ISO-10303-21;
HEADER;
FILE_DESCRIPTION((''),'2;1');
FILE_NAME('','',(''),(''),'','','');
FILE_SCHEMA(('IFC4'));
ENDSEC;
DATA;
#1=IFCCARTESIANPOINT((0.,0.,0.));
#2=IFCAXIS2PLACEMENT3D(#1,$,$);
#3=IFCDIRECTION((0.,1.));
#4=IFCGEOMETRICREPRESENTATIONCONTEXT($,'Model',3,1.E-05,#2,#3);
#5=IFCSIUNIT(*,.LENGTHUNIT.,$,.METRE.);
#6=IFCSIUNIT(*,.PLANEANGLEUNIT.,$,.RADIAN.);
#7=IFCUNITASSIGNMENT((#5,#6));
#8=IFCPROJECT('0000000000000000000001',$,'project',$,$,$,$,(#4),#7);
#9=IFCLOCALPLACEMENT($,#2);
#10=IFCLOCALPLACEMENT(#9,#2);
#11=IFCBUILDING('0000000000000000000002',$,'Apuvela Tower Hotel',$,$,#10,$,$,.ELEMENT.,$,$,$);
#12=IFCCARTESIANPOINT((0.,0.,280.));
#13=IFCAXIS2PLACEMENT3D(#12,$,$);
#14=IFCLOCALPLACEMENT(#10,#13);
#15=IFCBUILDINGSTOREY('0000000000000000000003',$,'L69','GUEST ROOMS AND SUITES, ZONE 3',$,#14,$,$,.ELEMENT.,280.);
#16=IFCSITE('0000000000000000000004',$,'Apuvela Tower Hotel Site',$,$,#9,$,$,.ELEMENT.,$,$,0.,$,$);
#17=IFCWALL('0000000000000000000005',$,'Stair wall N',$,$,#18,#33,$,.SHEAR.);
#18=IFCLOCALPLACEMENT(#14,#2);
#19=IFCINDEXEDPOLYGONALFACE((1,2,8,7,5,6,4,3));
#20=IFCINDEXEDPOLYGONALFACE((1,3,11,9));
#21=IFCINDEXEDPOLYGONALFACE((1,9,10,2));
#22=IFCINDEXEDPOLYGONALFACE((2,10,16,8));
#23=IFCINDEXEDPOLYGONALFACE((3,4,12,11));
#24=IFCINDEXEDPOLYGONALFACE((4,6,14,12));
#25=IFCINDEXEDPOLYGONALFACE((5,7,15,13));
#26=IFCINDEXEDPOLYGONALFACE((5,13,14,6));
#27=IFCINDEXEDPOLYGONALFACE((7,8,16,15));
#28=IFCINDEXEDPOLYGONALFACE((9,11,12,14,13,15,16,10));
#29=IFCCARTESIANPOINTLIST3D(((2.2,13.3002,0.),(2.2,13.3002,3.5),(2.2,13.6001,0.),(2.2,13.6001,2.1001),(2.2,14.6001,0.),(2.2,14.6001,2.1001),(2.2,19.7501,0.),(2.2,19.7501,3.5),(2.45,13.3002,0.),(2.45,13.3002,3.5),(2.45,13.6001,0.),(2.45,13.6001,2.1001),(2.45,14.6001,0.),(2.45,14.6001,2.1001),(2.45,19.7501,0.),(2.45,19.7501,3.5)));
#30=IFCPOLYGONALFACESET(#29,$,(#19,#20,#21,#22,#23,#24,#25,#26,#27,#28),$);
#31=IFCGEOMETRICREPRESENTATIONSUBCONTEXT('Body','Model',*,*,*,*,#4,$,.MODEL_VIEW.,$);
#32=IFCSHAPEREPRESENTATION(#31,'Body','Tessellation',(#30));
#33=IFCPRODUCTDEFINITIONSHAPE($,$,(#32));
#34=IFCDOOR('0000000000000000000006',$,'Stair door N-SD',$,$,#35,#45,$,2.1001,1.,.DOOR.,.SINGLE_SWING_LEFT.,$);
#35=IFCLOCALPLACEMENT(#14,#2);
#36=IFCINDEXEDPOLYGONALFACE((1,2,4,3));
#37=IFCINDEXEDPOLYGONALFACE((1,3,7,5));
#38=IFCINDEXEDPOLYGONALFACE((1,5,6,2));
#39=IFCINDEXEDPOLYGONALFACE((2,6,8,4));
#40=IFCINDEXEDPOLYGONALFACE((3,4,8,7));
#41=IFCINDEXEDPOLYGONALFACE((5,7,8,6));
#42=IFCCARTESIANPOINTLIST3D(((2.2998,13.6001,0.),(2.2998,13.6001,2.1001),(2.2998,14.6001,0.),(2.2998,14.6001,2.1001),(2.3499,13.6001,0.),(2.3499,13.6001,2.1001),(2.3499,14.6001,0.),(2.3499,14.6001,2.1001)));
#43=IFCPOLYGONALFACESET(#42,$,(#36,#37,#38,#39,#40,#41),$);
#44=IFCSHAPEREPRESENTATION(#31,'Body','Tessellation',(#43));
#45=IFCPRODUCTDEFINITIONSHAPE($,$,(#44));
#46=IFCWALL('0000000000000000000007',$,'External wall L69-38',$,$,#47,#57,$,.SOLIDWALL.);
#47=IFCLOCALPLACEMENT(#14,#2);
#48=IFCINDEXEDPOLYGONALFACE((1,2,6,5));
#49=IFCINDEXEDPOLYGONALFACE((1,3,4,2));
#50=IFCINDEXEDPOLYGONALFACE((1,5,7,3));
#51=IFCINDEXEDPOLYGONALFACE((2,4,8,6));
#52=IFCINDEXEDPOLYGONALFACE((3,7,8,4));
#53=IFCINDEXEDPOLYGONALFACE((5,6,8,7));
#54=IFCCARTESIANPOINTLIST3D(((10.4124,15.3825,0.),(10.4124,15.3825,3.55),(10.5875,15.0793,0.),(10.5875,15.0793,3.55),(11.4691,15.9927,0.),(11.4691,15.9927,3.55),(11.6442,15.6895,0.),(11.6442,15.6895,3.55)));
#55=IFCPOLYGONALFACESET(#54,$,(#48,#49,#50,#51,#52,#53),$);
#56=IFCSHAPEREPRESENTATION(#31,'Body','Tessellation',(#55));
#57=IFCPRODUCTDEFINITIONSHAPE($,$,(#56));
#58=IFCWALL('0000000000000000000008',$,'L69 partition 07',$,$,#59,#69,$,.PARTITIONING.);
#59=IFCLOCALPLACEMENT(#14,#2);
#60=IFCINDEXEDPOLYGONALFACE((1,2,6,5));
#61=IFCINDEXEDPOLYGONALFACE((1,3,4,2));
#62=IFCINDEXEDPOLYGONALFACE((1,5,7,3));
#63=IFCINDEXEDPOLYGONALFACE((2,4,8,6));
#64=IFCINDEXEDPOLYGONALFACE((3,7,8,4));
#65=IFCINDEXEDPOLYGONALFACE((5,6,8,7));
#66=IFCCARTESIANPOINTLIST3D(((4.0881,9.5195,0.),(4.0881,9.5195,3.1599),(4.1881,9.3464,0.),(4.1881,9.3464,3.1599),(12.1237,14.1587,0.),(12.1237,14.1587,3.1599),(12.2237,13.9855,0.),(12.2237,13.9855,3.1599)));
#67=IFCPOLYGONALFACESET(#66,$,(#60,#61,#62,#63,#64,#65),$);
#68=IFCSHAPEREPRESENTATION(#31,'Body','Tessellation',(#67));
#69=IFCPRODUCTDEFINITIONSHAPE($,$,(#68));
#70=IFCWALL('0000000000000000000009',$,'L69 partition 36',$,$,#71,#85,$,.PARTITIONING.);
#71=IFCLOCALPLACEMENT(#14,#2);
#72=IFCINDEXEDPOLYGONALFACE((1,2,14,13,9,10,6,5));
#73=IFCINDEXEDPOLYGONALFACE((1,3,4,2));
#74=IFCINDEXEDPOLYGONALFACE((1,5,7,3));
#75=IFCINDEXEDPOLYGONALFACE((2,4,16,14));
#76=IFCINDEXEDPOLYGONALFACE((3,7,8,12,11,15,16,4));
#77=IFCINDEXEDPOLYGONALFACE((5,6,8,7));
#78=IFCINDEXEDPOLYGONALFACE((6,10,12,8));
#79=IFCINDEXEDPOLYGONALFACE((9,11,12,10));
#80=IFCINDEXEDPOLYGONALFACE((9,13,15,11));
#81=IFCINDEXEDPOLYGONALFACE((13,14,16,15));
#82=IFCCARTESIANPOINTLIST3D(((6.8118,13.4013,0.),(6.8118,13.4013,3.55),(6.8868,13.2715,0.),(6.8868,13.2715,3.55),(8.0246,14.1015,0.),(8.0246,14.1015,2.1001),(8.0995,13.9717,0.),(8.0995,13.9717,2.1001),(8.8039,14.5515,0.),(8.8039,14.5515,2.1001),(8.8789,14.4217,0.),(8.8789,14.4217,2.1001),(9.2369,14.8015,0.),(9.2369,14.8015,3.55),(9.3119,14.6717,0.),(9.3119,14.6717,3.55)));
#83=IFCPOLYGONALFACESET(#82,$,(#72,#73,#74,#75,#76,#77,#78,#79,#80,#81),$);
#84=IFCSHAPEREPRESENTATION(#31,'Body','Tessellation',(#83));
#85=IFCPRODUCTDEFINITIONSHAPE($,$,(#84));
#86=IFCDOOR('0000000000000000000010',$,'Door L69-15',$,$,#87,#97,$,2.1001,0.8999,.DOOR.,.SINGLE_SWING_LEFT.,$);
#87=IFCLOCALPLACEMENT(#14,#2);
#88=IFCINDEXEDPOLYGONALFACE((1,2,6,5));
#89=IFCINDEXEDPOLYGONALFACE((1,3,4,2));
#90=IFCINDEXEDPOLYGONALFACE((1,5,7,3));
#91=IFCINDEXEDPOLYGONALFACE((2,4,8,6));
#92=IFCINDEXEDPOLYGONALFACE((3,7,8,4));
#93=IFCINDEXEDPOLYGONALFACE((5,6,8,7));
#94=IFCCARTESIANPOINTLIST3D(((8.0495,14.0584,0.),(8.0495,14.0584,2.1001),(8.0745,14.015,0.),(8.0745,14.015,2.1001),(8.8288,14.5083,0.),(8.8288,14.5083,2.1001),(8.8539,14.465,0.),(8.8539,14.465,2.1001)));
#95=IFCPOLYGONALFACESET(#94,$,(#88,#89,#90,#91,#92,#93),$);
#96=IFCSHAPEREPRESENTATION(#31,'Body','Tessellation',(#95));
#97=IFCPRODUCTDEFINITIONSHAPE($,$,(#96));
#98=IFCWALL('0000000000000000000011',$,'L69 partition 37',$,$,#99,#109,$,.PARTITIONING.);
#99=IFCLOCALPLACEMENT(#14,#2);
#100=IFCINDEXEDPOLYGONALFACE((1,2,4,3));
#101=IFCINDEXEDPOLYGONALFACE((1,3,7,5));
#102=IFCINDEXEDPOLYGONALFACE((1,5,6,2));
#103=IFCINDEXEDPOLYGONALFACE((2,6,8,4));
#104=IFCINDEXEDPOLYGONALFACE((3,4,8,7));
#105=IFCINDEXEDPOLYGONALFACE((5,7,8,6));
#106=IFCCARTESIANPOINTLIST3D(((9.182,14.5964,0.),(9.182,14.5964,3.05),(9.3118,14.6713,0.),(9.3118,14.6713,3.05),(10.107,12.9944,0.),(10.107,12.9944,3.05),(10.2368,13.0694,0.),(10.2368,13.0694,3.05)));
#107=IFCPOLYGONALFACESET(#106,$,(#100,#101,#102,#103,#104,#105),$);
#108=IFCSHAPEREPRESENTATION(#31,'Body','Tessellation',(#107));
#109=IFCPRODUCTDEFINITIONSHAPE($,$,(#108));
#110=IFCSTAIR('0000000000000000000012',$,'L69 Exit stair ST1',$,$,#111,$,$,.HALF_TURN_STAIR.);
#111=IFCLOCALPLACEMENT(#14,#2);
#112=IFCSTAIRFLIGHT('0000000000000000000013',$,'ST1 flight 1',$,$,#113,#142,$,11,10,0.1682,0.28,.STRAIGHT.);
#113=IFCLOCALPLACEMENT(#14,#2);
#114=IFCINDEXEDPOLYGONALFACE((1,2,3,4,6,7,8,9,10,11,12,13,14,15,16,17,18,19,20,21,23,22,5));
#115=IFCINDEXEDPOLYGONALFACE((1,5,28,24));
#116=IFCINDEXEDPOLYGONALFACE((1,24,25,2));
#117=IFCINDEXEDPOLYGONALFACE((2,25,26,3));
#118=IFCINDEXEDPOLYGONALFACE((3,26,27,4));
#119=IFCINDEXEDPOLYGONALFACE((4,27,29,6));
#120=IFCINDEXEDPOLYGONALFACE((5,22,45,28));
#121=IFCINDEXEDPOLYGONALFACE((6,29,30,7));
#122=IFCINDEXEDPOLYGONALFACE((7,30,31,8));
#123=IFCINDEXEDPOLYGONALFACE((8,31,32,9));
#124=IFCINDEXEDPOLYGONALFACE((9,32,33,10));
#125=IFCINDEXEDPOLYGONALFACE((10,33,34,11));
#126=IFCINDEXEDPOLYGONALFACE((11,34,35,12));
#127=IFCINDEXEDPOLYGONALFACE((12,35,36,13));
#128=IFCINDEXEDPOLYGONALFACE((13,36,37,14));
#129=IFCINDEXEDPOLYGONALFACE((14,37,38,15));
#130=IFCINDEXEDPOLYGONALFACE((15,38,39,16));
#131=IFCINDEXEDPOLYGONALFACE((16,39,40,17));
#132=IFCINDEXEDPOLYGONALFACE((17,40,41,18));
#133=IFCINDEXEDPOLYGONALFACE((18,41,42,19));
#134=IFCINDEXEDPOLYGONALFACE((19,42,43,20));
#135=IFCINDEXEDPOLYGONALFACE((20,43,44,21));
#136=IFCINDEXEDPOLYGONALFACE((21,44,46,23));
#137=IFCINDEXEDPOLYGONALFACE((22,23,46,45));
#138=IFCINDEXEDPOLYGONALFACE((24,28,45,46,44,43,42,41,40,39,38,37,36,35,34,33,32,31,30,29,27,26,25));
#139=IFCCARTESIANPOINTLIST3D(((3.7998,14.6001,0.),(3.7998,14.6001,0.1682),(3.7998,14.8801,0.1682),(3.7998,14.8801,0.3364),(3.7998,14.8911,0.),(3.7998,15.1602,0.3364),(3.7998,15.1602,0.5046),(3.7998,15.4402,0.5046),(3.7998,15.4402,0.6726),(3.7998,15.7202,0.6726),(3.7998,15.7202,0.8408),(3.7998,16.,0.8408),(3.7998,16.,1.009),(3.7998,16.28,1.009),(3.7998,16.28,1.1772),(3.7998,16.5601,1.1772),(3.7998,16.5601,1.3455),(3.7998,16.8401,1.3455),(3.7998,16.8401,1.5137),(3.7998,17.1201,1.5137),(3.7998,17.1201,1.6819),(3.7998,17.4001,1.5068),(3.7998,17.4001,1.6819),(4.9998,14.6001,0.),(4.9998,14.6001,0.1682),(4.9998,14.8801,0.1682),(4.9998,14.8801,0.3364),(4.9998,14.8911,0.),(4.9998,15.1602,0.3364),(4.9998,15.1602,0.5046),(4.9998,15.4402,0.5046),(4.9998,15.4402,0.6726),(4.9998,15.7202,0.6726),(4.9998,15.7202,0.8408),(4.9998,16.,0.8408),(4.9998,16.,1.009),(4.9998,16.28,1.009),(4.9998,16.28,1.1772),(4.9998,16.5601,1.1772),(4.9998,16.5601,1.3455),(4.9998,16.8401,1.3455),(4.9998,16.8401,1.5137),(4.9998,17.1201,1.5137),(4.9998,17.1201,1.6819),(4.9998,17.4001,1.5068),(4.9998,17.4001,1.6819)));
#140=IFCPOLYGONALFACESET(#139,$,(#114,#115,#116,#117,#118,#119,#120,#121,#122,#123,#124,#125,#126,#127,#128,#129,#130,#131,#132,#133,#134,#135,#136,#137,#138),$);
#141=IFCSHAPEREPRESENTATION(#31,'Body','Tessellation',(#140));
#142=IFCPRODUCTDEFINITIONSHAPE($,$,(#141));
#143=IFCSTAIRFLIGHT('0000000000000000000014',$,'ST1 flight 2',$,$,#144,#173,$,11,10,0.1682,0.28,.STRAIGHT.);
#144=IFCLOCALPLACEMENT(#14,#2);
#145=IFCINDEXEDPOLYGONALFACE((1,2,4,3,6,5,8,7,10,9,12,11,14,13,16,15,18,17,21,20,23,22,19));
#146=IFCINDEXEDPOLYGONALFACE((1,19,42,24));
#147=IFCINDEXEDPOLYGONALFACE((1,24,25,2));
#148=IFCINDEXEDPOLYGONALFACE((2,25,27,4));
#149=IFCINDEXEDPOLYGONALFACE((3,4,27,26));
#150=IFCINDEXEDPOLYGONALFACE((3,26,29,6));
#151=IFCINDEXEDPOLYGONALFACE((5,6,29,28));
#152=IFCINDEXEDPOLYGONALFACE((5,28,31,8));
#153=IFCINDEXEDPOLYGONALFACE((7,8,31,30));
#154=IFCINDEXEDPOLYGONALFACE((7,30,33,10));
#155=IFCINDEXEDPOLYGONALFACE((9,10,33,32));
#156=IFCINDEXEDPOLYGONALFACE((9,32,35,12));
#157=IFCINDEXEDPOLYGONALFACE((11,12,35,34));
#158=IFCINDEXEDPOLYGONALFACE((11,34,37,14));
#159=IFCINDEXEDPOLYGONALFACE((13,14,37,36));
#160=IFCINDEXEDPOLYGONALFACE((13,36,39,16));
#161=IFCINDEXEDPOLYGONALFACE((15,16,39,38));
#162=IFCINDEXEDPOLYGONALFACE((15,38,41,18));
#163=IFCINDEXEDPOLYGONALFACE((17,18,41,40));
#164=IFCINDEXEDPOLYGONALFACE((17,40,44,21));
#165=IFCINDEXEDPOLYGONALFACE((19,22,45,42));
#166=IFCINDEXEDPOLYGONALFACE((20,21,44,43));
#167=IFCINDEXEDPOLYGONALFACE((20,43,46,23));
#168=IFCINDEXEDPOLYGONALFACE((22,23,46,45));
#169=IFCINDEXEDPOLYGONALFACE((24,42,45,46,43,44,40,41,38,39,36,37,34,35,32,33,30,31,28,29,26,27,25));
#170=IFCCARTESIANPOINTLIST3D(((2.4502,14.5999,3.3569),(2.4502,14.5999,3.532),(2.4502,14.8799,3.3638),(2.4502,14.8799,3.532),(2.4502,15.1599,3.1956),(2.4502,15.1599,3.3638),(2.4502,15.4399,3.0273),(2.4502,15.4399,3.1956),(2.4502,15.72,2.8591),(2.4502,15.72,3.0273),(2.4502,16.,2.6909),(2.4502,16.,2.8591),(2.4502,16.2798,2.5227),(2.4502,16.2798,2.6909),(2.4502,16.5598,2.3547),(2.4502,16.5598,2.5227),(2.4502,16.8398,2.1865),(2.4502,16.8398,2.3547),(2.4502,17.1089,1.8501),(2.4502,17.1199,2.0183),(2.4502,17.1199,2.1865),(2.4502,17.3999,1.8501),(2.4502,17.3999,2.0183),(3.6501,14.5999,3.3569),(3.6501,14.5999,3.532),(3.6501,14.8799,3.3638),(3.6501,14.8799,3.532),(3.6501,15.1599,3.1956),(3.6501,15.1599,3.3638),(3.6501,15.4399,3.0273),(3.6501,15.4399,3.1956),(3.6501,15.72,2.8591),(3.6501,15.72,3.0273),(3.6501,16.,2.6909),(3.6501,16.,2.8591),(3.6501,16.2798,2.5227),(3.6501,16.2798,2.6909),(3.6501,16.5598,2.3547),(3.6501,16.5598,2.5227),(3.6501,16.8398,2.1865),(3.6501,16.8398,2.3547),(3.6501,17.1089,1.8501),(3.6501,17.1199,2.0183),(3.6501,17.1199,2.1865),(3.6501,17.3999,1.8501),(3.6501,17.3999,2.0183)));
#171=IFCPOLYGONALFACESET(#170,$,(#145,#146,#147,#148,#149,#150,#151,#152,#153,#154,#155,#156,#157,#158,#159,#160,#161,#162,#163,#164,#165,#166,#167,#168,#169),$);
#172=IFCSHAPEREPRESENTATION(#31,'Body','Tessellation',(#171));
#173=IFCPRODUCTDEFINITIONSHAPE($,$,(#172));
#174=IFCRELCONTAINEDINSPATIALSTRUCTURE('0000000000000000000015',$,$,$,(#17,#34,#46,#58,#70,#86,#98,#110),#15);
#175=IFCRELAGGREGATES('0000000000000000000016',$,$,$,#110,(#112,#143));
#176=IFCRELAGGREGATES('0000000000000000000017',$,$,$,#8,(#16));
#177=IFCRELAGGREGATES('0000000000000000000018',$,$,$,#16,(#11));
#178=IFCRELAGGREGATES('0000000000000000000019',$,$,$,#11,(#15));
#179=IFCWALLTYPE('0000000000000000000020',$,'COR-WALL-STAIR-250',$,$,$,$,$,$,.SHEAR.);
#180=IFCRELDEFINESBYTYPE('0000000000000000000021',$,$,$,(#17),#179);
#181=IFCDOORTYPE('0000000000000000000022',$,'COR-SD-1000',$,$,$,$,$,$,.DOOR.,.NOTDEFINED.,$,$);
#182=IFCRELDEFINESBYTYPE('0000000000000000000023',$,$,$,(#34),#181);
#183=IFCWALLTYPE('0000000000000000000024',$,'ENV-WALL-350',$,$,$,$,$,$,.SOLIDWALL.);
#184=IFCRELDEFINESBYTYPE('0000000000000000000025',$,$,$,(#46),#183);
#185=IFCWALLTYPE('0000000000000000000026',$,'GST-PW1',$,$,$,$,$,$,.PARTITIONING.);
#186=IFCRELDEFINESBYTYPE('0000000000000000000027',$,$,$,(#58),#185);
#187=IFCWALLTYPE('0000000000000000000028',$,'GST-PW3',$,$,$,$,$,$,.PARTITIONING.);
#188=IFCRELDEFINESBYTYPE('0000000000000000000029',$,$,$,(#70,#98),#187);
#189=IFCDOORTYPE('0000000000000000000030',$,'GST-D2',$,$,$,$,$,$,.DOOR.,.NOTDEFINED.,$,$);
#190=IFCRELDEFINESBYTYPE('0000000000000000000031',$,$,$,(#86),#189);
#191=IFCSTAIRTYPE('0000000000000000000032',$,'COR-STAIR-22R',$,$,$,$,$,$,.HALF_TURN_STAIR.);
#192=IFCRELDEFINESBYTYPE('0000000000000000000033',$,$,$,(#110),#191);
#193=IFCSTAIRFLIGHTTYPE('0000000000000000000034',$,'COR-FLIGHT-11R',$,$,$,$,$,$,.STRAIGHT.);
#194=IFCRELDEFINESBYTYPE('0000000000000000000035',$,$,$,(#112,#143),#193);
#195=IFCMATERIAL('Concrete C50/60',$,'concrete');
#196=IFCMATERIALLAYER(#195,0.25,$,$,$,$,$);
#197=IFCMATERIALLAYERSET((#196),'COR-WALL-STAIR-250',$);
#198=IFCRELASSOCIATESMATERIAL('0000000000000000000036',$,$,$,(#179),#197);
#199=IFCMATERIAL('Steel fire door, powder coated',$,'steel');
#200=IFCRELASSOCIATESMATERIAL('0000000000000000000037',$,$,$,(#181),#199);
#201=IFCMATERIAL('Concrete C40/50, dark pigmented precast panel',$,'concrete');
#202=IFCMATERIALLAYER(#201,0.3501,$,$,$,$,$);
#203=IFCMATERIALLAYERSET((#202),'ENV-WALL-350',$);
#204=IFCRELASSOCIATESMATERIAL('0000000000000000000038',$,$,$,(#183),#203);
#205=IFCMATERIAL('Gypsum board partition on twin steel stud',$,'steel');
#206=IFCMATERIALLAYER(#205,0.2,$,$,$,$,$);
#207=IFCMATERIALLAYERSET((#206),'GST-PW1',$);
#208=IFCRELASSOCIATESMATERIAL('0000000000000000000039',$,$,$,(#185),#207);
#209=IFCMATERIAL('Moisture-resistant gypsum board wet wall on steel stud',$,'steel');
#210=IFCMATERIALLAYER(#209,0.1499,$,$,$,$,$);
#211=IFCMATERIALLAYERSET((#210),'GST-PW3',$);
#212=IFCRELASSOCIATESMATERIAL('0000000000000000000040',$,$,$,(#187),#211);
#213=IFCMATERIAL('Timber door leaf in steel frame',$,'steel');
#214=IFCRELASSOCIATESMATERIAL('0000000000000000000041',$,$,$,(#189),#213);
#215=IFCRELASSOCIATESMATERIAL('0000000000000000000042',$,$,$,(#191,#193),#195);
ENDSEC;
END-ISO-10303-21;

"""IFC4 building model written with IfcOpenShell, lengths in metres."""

from ifc_helpers import new_model, si_unit, direction, frame, frame_2d, origin, place, context, subcontext, project, spatial, polyline, rectangle, outline, extrude, material, layer, layer_set, type_object, element, fill, aggregate, save


model = new_model("IFC4")

# Units and contexts
model_context = context("Model", 3, precision=1e-05, world=origin(), true_north=direction((0.0, 1.0)))
body_context = subcontext(model_context, "Body", "Model", "MODEL_VIEW")
ifc_project = project(units=[si_unit("LENGTHUNIT", "METRE"), si_unit("PLANEANGLEUNIT", "RADIAN")], contexts=[model_context])

# Site, building, storey
site_placement = place(None, origin())
site = spatial("IfcSite", under=ifc_project, at=site_placement, Name="Apuvela Tower Hotel Site", CompositionType="ELEMENT", RefElevation=0.0)
building_placement = place(site_placement, origin())
building = spatial("IfcBuilding", under=site, at=building_placement, Name="Apuvela Tower Hotel", CompositionType="ELEMENT")
storey_placement = place(building_placement, frame((0.0, 0.0, 280.0)))
storey = spatial("IfcBuildingStorey", under=building, at=storey_placement, Name="L69", Description="GUEST ROOMS AND SUITES, ZONE 3", CompositionType="ELEMENT", Elevation=280.0)

# Shared definitions
ifc_material_1 = material(Name="Concrete C50/60", Category="concrete")
ifc_material_2 = material(Name="Steel fire door, powder coated", Category="steel")

# Wall, opening, door
ifc_layer_1 = layer(ifc_material_1, 0.25)
ifc_layer_set_1 = layer_set([ifc_layer_1], Name="COR-WALL-STAIR-250")
wall_type_1 = type_object("IfcWallType", Name="COR-WALL-STAIR-250", PredefinedType="SHEAR", material=ifc_layer_set_1)
wall_1_placement = place(storey_placement, frame((2.325, 13.3, 0.0), z_axis=(0.0, 0.0, 1.0), x_axis=(0.0, 1.0, 0.0)))
wall_1 = element("IfcWall", 1, at=wall_1_placement, inside=storey, type_object=wall_type_1, Name="Stair wall N", PredefinedType="SHEAR", context=body_context, shape_type="SweptSolid", body=[
    extrude(rectangle(XDim=6.45, YDim=0.25, at=frame_2d((3.2251, 0.0))), origin(), (0.0, 0.0, 1.0), 3.5),
])
opening_1_placement = place(wall_1_placement, frame((0.3, 0.0, 0.0)))
opening_1 = element("IfcOpeningElement", 2, at=opening_1_placement, cuts=wall_1, PredefinedType="OPENING", context=body_context, shape_type="SweptSolid", body=[
    extrude(rectangle(XDim=1.0, YDim=2.1001, at=frame_2d((0.5, 1.05))), frame((0.0, 0.135, 0.0), z_axis=(0.0, -1.0, 0.0), x_axis=(1.0, 0.0, 0.0)), (0.0, 0.0, 1.0), 0.27),
])
door_type_1 = type_object("IfcDoorType", Name="COR-SD-1000", OperationType="NOTDEFINED", PredefinedType="DOOR", material=ifc_material_2)
door_1_placement = place(opening_1_placement, frame((1.0, 0.0, 0.0), z_axis=(0.0, 0.0, 1.0), x_axis=(-1.0, 0.0, 0.0)))
door_1 = element("IfcDoor", 3, at=door_1_placement, inside=storey, type_object=door_type_1, Name="Stair door N-SD", OperationType="SINGLE_SWING_LEFT", OverallHeight=2.1001, OverallWidth=1.0, PredefinedType="DOOR", context=body_context, shape_type="SweptSolid", body=[
    extrude(rectangle(XDim=1.0, YDim=2.1001, at=frame_2d((0.5, 1.05))), frame((0.0, 0.0249, 0.0), z_axis=(0.0, -1.0, 0.0), x_axis=(1.0, 0.0, 0.0)), (0.0, 0.0, 1.0), 0.05),
])
fill(opening_1, door_1)

# Wall
ifc_material_3 = material(Name="Concrete C40/50, dark pigmented precast panel", Category="concrete")
ifc_layer_2 = layer(ifc_material_3, 0.3501)
ifc_layer_set_2 = layer_set([ifc_layer_2], Name="ENV-WALL-350")
wall_type_2 = type_object("IfcWallType", Name="ENV-WALL-350", PredefinedType="SOLIDWALL", material=ifc_layer_set_2)
wall_2_placement = place(storey_placement, frame((11.5566, 15.8411, 0.0), z_axis=(0.0, 0.0, 1.0), x_axis=(-0.866006, -0.500034, 0.0)))
element("IfcWall", 4, at=wall_2_placement, inside=storey, type_object=wall_type_2, Name="External wall L69-38", PredefinedType="SOLIDWALL", context=body_context, shape_type="SweptSolid", body=[
    extrude(rectangle(XDim=1.2202, YDim=0.3501, at=frame_2d((0.6101, 0.0))), origin(), (0.0, 0.0, 1.0), 3.55),
])

# Wall
ifc_material_4 = material(Name="Gypsum board partition on twin steel stud", Category="steel")
ifc_layer_3 = layer(ifc_material_4, 0.2)
ifc_layer_set_3 = layer_set([ifc_layer_3], Name="GST-PW1")
wall_type_3 = type_object("IfcWallType", Name="GST-PW1", PredefinedType="PARTITIONING", material=ifc_layer_set_3)
wall_3_placement = place(storey_placement, frame((12.1736, 14.072, 0.0), z_axis=(0.0, 0.0, 1.0), x_axis=(-0.866036, -0.499982, 0.0)))
element("IfcWall", 5, at=wall_3_placement, inside=storey, type_object=wall_type_3, Name="L69 partition 07", PredefinedType="PARTITIONING", context=body_context, shape_type="SweptSolid", body=[
    extrude(rectangle(XDim=9.2786, YDim=0.2, at=frame_2d((4.6392, 0.0))), origin(), (0.0, 0.0, 1.0), 3.1599),
])

# Wall, opening, door
ifc_material_5 = material(Name="Moisture-resistant gypsum board wet wall on steel stud", Category="steel")
ifc_layer_4 = layer(ifc_material_5, 0.1499)
ifc_layer_set_4 = layer_set([ifc_layer_4], Name="GST-PW3")
wall_type_4 = type_object("IfcWallType", Name="GST-PW3", PredefinedType="PARTITIONING", material=ifc_layer_set_4)
wall_4_placement = place(storey_placement, frame((9.2744, 14.7366, 0.0), z_axis=(0.0, 0.0, 1.0), x_axis=(-0.866019, -0.500012, 0.0)))
wall_4 = element("IfcWall", 6, at=wall_4_placement, inside=storey, type_object=wall_type_4, Name="L69 partition 36", PredefinedType="PARTITIONING", context=body_context, shape_type="SweptSolid", body=[
    extrude(rectangle(XDim=2.8003, YDim=0.1499, at=frame_2d((1.4001, 0.0))), origin(), (0.0, 0.0, 1.0), 3.55),
])
opening_2_placement = place(wall_4_placement, frame((0.5, 0.0, 0.0)))
opening_2 = element("IfcOpeningElement", 7, at=opening_2_placement, cuts=wall_4, PredefinedType="OPENING", context=body_context, shape_type="SweptSolid", body=[
    extrude(rectangle(XDim=0.8999, YDim=2.1001, at=frame_2d((0.45, 1.05))), frame((0.0, 0.085, 0.0), z_axis=(0.0, -1.0, 0.0), x_axis=(1.0, 0.0, 0.0)), (0.0, 0.0, 1.0), 0.1699),
])
ifc_material_6 = material(Name="Timber door leaf in steel frame", Category="steel")
door_type_2 = type_object("IfcDoorType", Name="GST-D2", OperationType="NOTDEFINED", PredefinedType="DOOR", material=ifc_material_6)
door_2_placement = place(opening_2_placement, origin())
door_2 = element("IfcDoor", 8, at=door_2_placement, inside=storey, type_object=door_type_2, Name="Door L69-15", OperationType="SINGLE_SWING_LEFT", OverallHeight=2.1001, OverallWidth=0.8999, PredefinedType="DOOR", context=body_context, shape_type="SweptSolid", body=[
    extrude(rectangle(XDim=0.8999, YDim=2.1001, at=frame_2d((0.45, 1.05))), frame((0.0, 0.0249, 0.0), z_axis=(0.0, -1.0, 0.0), x_axis=(1.0, 0.0, 0.0)), (0.0, 0.0, 1.0), 0.05),
])
fill(opening_2, door_2)

# Wall
wall_5_placement = place(storey_placement, frame((10.1719, 13.032, 0.0), z_axis=(0.0, 0.0, 1.0), x_axis=(-0.500042, 0.866001, 0.0)))
element("IfcWall", 9, at=wall_5_placement, inside=storey, type_object=wall_type_4, Name="L69 partition 37", PredefinedType="PARTITIONING", context=body_context, shape_type="SweptSolid", body=[
    extrude(rectangle(XDim=1.8499, YDim=0.1499, at=frame_2d((0.9248, 0.0))), origin(), (0.0, 0.0, 1.0), 3.05),
])

# Stair, stair flights
stair_type = type_object("IfcStairType", Name="COR-STAIR-22R", PredefinedType="HALF_TURN_STAIR", material=ifc_material_1)
stair_placement = place(storey_placement, origin())
stair = element("IfcStair", 10, at=stair_placement, inside=storey, type_object=stair_type, Name="L69 Exit stair ST1", PredefinedType="HALF_TURN_STAIR")
stair_flight_type = type_object("IfcStairFlightType", Name="COR-FLIGHT-11R", PredefinedType="STRAIGHT", material=ifc_material_1)
stair_flight_1_placement = place(storey_placement, frame((4.3999, 14.6001, 0.0), z_axis=(0.0, 0.0, 1.0), x_axis=(0.0, 1.0, 0.0)))
stair_flight_1 = element("IfcStairFlight", 11, at=stair_flight_1_placement, type_object=stair_flight_type, Name="ST1 flight 1", NumberOfRisers=11, NumberOfTreads=10, PredefinedType="STRAIGHT", RiserHeight=0.1682, TreadLength=0.28, context=body_context, shape_type="SweptSolid", body=[
    extrude(outline(polyline([(0.0, 0.0), (0.0, 0.1682), (0.28, 0.1682), (0.28, 0.3364), (0.5601, 0.3364), (0.5601, 0.5046), (0.8401, 0.5046), (0.8401, 0.6726), (1.1201, 0.6726), (1.1201, 0.8408), (1.3999, 0.8408), (1.3999, 1.009), (1.6799, 1.009), (1.6799, 1.1772), (1.96, 1.1772), (1.96, 1.3455), (2.24, 1.3455), (2.24, 1.5137), (2.52, 1.5137), (2.52, 1.6819), (2.8, 1.6819), (2.8, 1.8501), (2.8, 1.5068), (0.291, 0.0), (0.0, 0.0)])), frame((0.0, 0.6001, 0.0), z_axis=(0.0, -1.0, 0.0), x_axis=(1.0, 0.0, 0.0)), (0.0, 0.0, 1.0), 1.2),
])
stair_flight_2_placement = place(storey_placement, frame((3.05, 17.3999, 1.8501), z_axis=(0.0, 0.0, 1.0), x_axis=(0.0, -1.0, 0.0)))
stair_flight_2 = element("IfcStairFlight", 12, at=stair_flight_2_placement, type_object=stair_flight_type, Name="ST1 flight 2", NumberOfRisers=11, NumberOfTreads=10, PredefinedType="STRAIGHT", RiserHeight=0.1682, TreadLength=0.28, context=body_context, shape_type="SweptSolid", body=[
    extrude(outline(polyline([(0.0, 0.0), (0.0, 0.1682), (0.28, 0.1682), (0.28, 0.3364), (0.5601, 0.3364), (0.5601, 0.5046), (0.8401, 0.5046), (0.8401, 0.6726), (1.1201, 0.6726), (1.1201, 0.8408), (1.3999, 0.8408), (1.3999, 1.009), (1.6799, 1.009), (1.6799, 1.1772), (1.96, 1.1772), (1.96, 1.3455), (2.24, 1.3455), (2.24, 1.5137), (2.52, 1.5137), (2.52, 1.6819), (2.8, 1.6819), (2.8, 1.8501), (2.8, 1.5068), (0.291, 0.0), (0.0, 0.0)])), frame((0.0, 0.6001, 0.0), z_axis=(0.0, -1.0, 0.0), x_axis=(1.0, 0.0, 0.0)), (0.0, 0.0, 1.0), 1.2),
])
aggregate(stair, [stair_flight_1, stair_flight_2])

save(model, "model.ifc")
